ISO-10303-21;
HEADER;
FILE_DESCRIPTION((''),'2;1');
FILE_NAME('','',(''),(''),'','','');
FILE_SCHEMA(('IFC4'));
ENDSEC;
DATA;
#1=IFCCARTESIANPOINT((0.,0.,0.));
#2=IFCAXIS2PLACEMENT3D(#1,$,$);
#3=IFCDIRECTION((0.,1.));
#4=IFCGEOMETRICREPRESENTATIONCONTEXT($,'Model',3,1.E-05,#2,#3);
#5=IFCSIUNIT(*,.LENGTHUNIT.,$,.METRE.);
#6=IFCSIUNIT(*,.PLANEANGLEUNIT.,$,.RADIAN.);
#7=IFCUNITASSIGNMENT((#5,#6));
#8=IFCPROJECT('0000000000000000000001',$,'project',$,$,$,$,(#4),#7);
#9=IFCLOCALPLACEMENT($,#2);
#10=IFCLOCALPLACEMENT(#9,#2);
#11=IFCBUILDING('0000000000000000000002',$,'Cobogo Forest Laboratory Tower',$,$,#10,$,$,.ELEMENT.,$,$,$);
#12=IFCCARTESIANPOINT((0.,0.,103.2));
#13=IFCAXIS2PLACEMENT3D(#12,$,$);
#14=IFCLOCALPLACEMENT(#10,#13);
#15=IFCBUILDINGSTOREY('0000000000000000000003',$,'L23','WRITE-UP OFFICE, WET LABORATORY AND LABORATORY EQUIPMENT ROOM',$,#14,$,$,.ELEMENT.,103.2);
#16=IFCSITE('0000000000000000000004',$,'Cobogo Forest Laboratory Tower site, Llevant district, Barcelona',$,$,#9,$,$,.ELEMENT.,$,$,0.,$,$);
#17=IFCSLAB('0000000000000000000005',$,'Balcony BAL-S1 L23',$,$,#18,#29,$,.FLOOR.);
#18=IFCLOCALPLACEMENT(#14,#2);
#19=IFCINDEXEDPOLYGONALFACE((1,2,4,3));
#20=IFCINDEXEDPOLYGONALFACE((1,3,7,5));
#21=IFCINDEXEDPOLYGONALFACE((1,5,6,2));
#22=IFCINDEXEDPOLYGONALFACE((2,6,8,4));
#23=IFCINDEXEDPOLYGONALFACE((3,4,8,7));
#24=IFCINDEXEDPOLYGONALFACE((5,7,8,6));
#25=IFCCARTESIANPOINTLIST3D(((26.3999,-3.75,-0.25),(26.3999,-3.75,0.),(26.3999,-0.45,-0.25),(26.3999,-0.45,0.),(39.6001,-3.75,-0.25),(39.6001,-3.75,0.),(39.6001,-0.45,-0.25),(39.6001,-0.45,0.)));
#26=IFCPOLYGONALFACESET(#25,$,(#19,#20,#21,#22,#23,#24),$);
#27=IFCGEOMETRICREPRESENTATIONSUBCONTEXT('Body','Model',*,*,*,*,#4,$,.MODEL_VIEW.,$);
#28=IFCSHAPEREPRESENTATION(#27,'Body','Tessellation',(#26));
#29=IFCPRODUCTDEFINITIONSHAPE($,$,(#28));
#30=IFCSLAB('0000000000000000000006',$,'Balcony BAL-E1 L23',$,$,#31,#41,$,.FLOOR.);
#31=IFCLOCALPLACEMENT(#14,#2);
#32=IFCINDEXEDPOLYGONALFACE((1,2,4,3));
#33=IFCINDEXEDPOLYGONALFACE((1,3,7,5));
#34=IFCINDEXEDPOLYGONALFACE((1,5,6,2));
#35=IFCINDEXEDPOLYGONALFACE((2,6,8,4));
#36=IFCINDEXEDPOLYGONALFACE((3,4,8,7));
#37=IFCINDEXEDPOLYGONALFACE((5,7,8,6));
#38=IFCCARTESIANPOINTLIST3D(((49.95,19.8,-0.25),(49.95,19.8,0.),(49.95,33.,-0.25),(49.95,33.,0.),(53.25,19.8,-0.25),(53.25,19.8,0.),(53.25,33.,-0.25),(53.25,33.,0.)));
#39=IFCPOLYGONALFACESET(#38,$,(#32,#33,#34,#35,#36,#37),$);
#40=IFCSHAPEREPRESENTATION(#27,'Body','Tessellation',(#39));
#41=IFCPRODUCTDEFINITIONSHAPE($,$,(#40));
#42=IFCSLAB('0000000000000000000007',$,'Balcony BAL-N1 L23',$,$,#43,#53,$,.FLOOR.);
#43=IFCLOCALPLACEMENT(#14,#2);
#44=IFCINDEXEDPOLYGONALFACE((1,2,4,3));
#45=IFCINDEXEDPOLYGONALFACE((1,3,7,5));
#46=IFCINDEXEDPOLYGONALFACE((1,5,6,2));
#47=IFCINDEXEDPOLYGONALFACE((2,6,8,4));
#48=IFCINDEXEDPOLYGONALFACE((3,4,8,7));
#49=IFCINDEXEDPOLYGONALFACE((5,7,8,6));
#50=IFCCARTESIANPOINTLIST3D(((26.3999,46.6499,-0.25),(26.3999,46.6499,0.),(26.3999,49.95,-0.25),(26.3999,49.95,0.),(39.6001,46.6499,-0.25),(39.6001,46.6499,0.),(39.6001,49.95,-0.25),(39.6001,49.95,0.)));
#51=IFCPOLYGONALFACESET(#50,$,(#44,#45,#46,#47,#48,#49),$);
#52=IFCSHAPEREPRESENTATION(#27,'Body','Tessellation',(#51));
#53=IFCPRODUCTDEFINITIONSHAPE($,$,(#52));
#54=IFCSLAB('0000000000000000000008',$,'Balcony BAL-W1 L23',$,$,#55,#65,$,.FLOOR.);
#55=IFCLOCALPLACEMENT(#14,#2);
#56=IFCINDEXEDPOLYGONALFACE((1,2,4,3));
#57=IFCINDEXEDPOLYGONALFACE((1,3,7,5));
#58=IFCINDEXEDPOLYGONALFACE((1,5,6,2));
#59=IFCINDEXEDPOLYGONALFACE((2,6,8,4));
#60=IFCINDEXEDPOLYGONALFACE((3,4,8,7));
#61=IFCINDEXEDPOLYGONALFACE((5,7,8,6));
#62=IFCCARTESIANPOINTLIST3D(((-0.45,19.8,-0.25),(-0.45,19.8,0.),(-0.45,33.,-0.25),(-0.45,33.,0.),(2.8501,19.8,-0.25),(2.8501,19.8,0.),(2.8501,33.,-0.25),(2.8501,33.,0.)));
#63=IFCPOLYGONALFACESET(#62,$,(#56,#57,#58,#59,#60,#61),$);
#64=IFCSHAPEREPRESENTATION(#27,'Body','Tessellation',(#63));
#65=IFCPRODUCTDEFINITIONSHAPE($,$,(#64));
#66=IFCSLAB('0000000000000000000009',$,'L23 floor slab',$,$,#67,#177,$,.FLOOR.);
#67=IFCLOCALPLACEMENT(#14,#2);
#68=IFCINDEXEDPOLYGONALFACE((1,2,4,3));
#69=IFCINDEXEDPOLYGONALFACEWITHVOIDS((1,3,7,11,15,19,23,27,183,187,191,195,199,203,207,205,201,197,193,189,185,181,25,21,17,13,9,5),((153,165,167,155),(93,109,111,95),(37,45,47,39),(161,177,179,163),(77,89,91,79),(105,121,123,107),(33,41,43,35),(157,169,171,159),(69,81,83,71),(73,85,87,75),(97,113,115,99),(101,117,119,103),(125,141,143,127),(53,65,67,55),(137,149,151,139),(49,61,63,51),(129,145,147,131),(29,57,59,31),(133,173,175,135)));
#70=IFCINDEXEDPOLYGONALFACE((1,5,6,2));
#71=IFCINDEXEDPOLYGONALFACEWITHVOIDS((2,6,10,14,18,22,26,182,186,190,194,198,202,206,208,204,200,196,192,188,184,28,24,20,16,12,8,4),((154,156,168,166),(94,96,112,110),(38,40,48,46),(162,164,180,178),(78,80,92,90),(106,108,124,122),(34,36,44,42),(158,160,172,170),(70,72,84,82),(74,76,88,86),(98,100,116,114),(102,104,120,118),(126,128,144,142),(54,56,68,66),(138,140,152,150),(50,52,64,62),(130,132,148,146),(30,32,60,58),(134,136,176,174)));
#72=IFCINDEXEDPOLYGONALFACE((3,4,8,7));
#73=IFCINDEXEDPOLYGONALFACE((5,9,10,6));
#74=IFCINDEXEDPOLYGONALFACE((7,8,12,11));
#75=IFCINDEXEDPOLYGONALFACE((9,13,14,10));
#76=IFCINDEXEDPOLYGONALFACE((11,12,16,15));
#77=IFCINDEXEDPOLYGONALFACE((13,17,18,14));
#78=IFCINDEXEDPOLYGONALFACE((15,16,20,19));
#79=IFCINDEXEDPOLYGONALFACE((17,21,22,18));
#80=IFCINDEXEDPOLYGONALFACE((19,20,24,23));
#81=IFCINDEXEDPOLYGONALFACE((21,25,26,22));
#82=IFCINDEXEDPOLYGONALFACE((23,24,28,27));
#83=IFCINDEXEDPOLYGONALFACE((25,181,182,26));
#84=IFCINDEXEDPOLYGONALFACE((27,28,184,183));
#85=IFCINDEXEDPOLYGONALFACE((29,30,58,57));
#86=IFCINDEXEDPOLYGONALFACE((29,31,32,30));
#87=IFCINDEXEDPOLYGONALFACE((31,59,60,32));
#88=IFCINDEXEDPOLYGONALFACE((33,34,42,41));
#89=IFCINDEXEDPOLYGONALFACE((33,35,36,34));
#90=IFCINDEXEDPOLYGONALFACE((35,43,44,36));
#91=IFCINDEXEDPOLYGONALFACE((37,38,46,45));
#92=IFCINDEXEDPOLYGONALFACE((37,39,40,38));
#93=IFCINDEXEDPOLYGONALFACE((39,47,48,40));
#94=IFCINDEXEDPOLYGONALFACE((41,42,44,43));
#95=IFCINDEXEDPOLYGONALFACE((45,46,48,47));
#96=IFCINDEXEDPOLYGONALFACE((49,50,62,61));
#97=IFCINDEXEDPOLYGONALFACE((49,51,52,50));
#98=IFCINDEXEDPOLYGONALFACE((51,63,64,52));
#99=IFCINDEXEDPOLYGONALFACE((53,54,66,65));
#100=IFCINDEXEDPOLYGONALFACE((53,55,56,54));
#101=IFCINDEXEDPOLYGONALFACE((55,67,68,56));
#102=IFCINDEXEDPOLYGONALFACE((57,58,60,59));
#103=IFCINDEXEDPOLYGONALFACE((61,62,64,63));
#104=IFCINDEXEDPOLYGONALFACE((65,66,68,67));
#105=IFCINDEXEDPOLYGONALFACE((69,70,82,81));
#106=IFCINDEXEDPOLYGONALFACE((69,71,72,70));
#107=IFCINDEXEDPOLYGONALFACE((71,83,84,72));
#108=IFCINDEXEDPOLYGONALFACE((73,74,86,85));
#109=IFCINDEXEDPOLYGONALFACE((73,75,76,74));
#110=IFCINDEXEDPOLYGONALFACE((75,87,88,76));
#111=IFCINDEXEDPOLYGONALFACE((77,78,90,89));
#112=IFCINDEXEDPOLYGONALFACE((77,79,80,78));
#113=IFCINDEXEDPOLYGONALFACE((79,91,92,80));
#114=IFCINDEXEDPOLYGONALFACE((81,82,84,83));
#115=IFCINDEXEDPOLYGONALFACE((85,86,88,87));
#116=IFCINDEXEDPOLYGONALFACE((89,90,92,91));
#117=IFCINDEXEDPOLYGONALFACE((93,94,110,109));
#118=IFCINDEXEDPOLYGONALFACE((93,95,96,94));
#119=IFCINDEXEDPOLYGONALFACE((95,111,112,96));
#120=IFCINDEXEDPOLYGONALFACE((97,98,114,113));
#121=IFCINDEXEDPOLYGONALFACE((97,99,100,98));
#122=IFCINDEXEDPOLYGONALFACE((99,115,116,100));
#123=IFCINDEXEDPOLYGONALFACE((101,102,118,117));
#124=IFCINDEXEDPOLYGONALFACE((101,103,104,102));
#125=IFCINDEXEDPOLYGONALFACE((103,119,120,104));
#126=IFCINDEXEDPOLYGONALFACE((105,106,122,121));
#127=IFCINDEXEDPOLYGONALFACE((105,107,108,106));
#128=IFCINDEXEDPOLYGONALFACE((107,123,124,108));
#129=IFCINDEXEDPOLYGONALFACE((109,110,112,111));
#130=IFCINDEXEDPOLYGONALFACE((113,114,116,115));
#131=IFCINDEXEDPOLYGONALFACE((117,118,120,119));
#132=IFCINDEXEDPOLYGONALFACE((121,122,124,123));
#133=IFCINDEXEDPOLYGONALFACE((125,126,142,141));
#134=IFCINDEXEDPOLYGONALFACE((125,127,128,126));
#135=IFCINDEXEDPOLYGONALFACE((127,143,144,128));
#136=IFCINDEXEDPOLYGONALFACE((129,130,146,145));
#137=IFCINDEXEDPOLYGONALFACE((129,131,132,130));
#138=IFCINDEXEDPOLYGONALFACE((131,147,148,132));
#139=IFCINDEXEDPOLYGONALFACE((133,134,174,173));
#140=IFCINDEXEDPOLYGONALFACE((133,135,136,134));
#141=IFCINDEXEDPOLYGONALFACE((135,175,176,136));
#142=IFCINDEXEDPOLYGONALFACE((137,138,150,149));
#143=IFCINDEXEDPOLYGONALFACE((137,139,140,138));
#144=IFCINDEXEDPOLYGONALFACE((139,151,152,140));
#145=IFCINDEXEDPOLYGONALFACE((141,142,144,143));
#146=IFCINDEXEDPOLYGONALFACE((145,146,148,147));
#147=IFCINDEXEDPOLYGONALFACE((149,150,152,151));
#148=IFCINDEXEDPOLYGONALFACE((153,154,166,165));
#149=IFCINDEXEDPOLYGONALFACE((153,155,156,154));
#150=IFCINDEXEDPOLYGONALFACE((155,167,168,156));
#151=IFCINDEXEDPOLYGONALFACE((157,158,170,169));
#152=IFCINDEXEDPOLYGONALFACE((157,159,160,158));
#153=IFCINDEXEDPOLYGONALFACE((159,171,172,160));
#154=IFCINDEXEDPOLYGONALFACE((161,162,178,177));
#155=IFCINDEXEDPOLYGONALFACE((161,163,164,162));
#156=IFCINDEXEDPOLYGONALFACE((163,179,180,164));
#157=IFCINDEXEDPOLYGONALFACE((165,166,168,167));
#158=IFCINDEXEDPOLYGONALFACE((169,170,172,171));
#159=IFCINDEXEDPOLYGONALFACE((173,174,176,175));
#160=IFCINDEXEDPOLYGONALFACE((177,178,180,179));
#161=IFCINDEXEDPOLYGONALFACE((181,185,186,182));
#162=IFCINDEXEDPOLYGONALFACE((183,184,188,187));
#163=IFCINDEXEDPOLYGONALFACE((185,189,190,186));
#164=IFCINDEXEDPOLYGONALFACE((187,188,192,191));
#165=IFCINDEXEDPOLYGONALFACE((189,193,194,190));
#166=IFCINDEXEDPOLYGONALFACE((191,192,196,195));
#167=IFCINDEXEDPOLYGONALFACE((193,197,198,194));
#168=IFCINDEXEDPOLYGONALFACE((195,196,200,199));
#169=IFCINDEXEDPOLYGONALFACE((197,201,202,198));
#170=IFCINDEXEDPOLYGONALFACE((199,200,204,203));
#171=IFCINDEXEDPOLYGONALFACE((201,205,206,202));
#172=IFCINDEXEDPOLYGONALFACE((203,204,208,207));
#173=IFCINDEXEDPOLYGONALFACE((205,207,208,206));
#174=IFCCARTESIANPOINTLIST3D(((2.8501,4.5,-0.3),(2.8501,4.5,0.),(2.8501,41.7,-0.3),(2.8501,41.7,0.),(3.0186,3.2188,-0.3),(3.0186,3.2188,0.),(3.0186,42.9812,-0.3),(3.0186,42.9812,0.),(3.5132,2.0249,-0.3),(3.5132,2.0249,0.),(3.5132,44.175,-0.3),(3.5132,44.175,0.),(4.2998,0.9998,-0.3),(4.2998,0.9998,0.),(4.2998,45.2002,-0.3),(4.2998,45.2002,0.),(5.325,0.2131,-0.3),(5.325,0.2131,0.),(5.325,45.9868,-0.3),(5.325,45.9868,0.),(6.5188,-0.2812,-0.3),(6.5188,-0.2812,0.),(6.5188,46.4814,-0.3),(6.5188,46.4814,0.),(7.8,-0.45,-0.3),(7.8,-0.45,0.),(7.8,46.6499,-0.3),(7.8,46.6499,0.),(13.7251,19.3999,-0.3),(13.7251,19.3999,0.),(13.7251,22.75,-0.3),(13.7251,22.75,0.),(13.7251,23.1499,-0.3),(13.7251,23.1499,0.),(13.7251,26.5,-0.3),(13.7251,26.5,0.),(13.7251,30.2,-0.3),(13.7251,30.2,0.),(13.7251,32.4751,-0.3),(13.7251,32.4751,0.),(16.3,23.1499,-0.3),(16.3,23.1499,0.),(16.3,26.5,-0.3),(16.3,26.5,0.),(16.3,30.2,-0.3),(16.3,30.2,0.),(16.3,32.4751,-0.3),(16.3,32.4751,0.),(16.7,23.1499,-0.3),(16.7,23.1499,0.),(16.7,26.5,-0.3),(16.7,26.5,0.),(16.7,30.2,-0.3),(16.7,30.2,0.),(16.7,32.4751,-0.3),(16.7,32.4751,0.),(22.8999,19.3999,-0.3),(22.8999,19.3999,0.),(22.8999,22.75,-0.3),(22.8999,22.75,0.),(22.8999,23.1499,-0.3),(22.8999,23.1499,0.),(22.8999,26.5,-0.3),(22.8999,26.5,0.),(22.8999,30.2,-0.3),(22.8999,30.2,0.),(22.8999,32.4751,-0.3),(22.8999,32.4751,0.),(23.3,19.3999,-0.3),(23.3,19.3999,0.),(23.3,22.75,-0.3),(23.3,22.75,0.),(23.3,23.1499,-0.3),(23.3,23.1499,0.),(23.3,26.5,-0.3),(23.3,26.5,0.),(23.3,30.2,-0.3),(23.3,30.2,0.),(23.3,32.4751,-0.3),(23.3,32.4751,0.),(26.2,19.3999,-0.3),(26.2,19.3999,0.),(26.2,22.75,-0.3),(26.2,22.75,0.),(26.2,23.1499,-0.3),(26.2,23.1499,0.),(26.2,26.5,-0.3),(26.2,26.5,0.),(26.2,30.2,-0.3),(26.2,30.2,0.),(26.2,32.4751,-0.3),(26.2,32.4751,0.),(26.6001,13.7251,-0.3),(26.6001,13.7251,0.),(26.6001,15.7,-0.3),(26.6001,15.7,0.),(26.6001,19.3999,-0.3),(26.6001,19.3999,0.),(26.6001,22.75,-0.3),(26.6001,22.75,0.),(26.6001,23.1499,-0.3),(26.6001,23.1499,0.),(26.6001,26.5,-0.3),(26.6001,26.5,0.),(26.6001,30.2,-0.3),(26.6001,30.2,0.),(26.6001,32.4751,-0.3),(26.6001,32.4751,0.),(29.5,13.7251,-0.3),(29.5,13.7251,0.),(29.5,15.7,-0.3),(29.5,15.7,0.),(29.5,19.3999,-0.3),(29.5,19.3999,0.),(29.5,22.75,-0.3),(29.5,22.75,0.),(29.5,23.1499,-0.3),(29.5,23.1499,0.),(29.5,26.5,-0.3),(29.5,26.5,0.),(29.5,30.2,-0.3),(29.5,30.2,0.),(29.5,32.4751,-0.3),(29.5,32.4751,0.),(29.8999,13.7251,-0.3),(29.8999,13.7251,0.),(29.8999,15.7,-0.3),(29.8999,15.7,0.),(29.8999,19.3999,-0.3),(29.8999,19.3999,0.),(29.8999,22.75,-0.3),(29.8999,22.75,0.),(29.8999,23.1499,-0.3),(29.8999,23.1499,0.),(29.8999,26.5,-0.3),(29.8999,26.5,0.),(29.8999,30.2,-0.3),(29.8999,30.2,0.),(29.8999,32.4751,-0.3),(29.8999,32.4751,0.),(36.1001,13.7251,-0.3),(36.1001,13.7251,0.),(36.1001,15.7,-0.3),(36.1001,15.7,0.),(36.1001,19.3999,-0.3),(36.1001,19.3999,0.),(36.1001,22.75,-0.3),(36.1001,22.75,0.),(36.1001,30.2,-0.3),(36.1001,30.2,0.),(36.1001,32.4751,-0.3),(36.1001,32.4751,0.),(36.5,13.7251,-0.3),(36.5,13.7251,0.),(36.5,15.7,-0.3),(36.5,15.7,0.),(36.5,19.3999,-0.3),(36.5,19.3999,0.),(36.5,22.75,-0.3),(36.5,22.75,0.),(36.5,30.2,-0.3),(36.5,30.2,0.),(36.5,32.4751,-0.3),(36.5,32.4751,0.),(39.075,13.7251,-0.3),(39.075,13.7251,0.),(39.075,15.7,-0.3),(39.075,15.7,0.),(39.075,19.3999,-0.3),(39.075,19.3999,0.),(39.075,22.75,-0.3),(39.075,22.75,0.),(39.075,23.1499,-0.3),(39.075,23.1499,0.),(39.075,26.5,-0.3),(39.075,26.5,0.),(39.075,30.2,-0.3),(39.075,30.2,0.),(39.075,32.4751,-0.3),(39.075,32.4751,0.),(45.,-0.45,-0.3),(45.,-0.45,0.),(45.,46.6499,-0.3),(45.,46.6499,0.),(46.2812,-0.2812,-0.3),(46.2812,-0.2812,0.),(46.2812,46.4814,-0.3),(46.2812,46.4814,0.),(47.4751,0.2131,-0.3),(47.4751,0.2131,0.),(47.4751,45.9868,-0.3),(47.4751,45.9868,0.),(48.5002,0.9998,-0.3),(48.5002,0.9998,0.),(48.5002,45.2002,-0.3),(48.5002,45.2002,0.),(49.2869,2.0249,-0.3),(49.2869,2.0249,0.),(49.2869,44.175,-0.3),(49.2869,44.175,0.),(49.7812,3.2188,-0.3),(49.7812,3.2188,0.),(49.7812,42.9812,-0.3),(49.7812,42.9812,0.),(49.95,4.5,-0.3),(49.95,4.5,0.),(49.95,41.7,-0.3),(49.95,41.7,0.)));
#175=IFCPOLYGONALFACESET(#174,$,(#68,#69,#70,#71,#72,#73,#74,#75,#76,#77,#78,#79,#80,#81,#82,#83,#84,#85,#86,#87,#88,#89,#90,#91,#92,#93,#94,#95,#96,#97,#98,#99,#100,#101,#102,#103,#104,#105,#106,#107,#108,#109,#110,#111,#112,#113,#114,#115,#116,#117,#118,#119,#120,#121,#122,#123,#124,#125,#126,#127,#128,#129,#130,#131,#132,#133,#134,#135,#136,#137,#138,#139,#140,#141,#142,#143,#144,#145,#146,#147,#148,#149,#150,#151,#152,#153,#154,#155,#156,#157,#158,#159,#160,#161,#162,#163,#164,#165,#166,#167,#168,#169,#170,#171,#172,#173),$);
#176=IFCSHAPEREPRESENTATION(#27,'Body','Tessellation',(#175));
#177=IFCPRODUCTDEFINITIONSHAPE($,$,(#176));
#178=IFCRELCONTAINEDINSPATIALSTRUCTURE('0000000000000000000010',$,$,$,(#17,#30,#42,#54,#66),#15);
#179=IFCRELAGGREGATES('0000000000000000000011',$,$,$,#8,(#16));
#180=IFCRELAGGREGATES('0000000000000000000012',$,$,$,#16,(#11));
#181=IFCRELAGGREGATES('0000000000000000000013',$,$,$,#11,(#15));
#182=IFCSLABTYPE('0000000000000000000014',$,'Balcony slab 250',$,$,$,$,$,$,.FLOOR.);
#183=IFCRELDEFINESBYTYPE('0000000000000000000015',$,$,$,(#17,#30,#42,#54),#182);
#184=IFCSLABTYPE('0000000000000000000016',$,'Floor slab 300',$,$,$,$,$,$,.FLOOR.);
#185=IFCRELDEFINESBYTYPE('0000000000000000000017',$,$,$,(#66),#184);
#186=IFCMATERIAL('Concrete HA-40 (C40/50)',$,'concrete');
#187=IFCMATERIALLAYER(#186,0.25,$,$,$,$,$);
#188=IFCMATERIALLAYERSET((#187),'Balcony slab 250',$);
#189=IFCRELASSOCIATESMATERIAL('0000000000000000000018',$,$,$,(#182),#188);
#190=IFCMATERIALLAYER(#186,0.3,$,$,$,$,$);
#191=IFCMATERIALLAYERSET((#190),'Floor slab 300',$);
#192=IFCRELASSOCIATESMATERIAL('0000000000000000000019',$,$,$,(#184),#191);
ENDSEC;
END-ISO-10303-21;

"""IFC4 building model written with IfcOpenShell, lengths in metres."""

from ifc_helpers import new_model, si_unit, direction, frame, origin, place, context, subcontext, project, spatial, polyline, outline, extrude, material, layer, layer_set, type_object, element, save


model = new_model("IFC4")

# Units and contexts
model_context = context("Model", 3, precision=1e-05, world=origin(), true_north=direction((0.0, 1.0)))
body_context = subcontext(model_context, "Body", "Model", "MODEL_VIEW")
ifc_project = project(units=[si_unit("LENGTHUNIT", "METRE"), si_unit("PLANEANGLEUNIT", "RADIAN")], contexts=[model_context])

# Site, building, storey
site_placement = place(None, origin())
site = spatial("IfcSite", under=ifc_project, at=site_placement, Name="Cobogo Forest Laboratory Tower site, Llevant district, Barcelona", CompositionType="ELEMENT", RefElevation=0.0)
building_placement = place(site_placement, origin())
building = spatial("IfcBuilding", under=site, at=building_placement, Name="Cobogo Forest Laboratory Tower", CompositionType="ELEMENT")
storey_placement = place(building_placement, frame((0.0, 0.0, 103.2)))
storey = spatial("IfcBuildingStorey", under=building, at=storey_placement, Name="L23", Description="WRITE-UP OFFICE, WET LABORATORY AND LABORATORY EQUIPMENT ROOM", CompositionType="ELEMENT", Elevation=103.2)

# Slabs
ifc_material_1 = material(Name="Concrete HA-40 (C40/50)", Category="concrete")
ifc_layer_1 = layer(ifc_material_1, 0.25)
ifc_layer_set_1 = layer_set([ifc_layer_1], Name="Balcony slab 250")
slab_type_1 = type_object("IfcSlabType", Name="Balcony slab 250", PredefinedType="FLOOR", material=ifc_layer_set_1)
slab_1_placement = place(storey_placement, frame((0.0, 0.0, -0.25)))
element("IfcSlab", 1, at=slab_1_placement, inside=storey, type_object=slab_type_1, Name="Balcony BAL-S1 L23", PredefinedType="FLOOR", context=body_context, shape_type="SweptSolid", body=[
    extrude(outline(polyline([(26.3999, -3.75), (39.6001, -3.75), (39.6001, -0.45), (26.3999, -0.45), (26.3999, -3.75)])), origin(), (0.0, 0.0, 1.0), 0.25),
])
slab_2_placement = place(storey_placement, frame((0.0, 0.0, -0.25)))
element("IfcSlab", 2, at=slab_2_placement, inside=storey, type_object=slab_type_1, Name="Balcony BAL-E1 L23", PredefinedType="FLOOR", context=body_context, shape_type="SweptSolid", body=[
    extrude(outline(polyline([(49.95, 19.8), (53.25, 19.8), (53.25, 33.0), (49.95, 33.0), (49.95, 19.8)])), origin(), (0.0, 0.0, 1.0), 0.25),
])
slab_3_placement = place(storey_placement, frame((0.0, 0.0, -0.25)))
element("IfcSlab", 3, at=slab_3_placement, inside=storey, type_object=slab_type_1, Name="Balcony BAL-N1 L23", PredefinedType="FLOOR", context=body_context, shape_type="SweptSolid", body=[
    extrude(outline(polyline([(26.3999, 46.6499), (39.6001, 46.6499), (39.6001, 49.95), (26.3999, 49.95), (26.3999, 46.6499)])), origin(), (0.0, 0.0, 1.0), 0.25),
])
slab_4_placement = place(storey_placement, frame((0.0, 0.0, -0.25)))
element("IfcSlab", 4, at=slab_4_placement, inside=storey, type_object=slab_type_1, Name="Balcony BAL-W1 L23", PredefinedType="FLOOR", context=body_context, shape_type="SweptSolid", body=[
    extrude(outline(polyline([(-0.45, 19.8), (2.8501, 19.8), (2.8501, 33.0), (-0.45, 33.0), (-0.45, 19.8)])), origin(), (0.0, 0.0, 1.0), 0.25),
])
ifc_layer_2 = layer(ifc_material_1, 0.3)
ifc_layer_set_2 = layer_set([ifc_layer_2], Name="Floor slab 300")
slab_type_2 = type_object("IfcSlabType", Name="Floor slab 300", PredefinedType="FLOOR", material=ifc_layer_set_2)
slab_5_placement = place(storey_placement, frame((0.0, 0.0, -0.3)))
element("IfcSlab", 5, at=slab_5_placement, inside=storey, type_object=slab_type_2, Name="L23 floor slab", PredefinedType="FLOOR", context=body_context, shape_type="SweptSolid", body=[
    extrude(outline(polyline([(45.0, -0.45), (46.2812, -0.2812), (47.4751, 0.2131), (48.5002, 0.9998), (49.2869, 2.0249), (49.7812, 3.2188), (49.95, 4.5), (49.95, 41.7), (49.7812, 42.9812), (49.2869, 44.175), (48.5002, 45.2002), (47.4751, 45.9868), (46.2812, 46.4814), (45.0, 46.6499), (7.8, 46.6499), (6.5188, 46.4814), (5.325, 45.9868), (4.2998, 45.2002), (3.5132, 44.175), (3.0186, 42.9812), (2.8501, 41.7), (2.8501, 4.5), (3.0186, 3.2188), (3.5132, 2.0249), (4.2998, 0.9998), (5.325, 0.2131), (6.5188, -0.2812), (7.8, -0.45), (45.0, -0.45)]), holes=[polyline([(29.5, 13.7251), (26.6001, 13.7251), (26.6001, 15.7), (29.5, 15.7), (29.5, 13.7251)]), polyline([(36.1001, 15.7), (36.1001, 13.7251), (29.8999, 13.7251), (29.8999, 15.7), (36.1001, 15.7)]), polyline([(36.5, 13.7251), (36.5, 15.7), (39.075, 15.7), (39.075, 13.7251), (36.5, 13.7251)]), polyline([(13.7251, 19.3999), (13.7251, 22.75), (22.8999, 22.75), (22.8999, 19.3999), (13.7251, 19.3999)]), polyline([(23.3, 19.3999), (23.3, 22.75), (26.2, 22.75), (26.2, 19.3999), (23.3, 19.3999)]), polyline([(29.5, 19.3999), (26.6001, 19.3999), (26.6001, 22.75), (29.5, 22.75), (29.5, 19.3999)]), polyline([(36.1001, 22.75), (36.1001, 19.3999), (29.8999, 19.3999), (29.8999, 22.75), (36.1001, 22.75)]), polyline([(39.075, 19.3999), (36.5, 19.3999), (36.5, 22.75), (39.075, 22.75), (39.075, 19.3999)]), polyline([(16.3, 23.1499), (13.7251, 23.1499), (13.7251, 26.5), (16.3, 26.5), (16.3, 23.1499)]), polyline([(22.8999, 26.5), (22.8999, 23.1499), (16.7, 23.1499), (16.7, 26.5), (22.8999, 26.5)]), polyline([(26.2, 23.1499), (23.3, 23.1499), (23.3, 26.5), (26.2, 26.5), (26.2, 23.1499)]), polyline([(26.6001, 23.1499), (26.6001, 26.5), (29.5, 26.5), (29.5, 23.1499), (26.6001, 23.1499)]), polyline([(29.8999, 23.1499), (29.8999, 26.5), (39.075, 26.5), (39.075, 23.1499), (29.8999, 23.1499)]), polyline([(13.7251, 30.2), (13.7251, 32.4751), (16.3, 32.4751), (16.3, 30.2), (13.7251, 30.2)]), polyline([(22.8999, 32.4751), (22.8999, 30.2), (16.7, 30.2), (16.7, 32.4751), (22.8999, 32.4751)]), polyline([(23.3, 30.2), (23.3, 32.4751), (26.2, 32.4751), (26.2, 30.2), (23.3, 30.2)]), polyline([(26.6001, 30.2), (26.6001, 32.4751), (29.5, 32.4751), (29.5, 30.2), (26.6001, 30.2)]), polyline([(36.1001, 32.4751), (36.1001, 30.2), (29.8999, 30.2), (29.8999, 32.4751), (36.1001, 32.4751)]), polyline([(36.5, 30.2), (36.5, 32.4751), (39.075, 32.4751), (39.075, 30.2), (36.5, 30.2)])]), origin(), (0.0, 0.0, 1.0), 0.3),
])

save(model, "model.ifc")
